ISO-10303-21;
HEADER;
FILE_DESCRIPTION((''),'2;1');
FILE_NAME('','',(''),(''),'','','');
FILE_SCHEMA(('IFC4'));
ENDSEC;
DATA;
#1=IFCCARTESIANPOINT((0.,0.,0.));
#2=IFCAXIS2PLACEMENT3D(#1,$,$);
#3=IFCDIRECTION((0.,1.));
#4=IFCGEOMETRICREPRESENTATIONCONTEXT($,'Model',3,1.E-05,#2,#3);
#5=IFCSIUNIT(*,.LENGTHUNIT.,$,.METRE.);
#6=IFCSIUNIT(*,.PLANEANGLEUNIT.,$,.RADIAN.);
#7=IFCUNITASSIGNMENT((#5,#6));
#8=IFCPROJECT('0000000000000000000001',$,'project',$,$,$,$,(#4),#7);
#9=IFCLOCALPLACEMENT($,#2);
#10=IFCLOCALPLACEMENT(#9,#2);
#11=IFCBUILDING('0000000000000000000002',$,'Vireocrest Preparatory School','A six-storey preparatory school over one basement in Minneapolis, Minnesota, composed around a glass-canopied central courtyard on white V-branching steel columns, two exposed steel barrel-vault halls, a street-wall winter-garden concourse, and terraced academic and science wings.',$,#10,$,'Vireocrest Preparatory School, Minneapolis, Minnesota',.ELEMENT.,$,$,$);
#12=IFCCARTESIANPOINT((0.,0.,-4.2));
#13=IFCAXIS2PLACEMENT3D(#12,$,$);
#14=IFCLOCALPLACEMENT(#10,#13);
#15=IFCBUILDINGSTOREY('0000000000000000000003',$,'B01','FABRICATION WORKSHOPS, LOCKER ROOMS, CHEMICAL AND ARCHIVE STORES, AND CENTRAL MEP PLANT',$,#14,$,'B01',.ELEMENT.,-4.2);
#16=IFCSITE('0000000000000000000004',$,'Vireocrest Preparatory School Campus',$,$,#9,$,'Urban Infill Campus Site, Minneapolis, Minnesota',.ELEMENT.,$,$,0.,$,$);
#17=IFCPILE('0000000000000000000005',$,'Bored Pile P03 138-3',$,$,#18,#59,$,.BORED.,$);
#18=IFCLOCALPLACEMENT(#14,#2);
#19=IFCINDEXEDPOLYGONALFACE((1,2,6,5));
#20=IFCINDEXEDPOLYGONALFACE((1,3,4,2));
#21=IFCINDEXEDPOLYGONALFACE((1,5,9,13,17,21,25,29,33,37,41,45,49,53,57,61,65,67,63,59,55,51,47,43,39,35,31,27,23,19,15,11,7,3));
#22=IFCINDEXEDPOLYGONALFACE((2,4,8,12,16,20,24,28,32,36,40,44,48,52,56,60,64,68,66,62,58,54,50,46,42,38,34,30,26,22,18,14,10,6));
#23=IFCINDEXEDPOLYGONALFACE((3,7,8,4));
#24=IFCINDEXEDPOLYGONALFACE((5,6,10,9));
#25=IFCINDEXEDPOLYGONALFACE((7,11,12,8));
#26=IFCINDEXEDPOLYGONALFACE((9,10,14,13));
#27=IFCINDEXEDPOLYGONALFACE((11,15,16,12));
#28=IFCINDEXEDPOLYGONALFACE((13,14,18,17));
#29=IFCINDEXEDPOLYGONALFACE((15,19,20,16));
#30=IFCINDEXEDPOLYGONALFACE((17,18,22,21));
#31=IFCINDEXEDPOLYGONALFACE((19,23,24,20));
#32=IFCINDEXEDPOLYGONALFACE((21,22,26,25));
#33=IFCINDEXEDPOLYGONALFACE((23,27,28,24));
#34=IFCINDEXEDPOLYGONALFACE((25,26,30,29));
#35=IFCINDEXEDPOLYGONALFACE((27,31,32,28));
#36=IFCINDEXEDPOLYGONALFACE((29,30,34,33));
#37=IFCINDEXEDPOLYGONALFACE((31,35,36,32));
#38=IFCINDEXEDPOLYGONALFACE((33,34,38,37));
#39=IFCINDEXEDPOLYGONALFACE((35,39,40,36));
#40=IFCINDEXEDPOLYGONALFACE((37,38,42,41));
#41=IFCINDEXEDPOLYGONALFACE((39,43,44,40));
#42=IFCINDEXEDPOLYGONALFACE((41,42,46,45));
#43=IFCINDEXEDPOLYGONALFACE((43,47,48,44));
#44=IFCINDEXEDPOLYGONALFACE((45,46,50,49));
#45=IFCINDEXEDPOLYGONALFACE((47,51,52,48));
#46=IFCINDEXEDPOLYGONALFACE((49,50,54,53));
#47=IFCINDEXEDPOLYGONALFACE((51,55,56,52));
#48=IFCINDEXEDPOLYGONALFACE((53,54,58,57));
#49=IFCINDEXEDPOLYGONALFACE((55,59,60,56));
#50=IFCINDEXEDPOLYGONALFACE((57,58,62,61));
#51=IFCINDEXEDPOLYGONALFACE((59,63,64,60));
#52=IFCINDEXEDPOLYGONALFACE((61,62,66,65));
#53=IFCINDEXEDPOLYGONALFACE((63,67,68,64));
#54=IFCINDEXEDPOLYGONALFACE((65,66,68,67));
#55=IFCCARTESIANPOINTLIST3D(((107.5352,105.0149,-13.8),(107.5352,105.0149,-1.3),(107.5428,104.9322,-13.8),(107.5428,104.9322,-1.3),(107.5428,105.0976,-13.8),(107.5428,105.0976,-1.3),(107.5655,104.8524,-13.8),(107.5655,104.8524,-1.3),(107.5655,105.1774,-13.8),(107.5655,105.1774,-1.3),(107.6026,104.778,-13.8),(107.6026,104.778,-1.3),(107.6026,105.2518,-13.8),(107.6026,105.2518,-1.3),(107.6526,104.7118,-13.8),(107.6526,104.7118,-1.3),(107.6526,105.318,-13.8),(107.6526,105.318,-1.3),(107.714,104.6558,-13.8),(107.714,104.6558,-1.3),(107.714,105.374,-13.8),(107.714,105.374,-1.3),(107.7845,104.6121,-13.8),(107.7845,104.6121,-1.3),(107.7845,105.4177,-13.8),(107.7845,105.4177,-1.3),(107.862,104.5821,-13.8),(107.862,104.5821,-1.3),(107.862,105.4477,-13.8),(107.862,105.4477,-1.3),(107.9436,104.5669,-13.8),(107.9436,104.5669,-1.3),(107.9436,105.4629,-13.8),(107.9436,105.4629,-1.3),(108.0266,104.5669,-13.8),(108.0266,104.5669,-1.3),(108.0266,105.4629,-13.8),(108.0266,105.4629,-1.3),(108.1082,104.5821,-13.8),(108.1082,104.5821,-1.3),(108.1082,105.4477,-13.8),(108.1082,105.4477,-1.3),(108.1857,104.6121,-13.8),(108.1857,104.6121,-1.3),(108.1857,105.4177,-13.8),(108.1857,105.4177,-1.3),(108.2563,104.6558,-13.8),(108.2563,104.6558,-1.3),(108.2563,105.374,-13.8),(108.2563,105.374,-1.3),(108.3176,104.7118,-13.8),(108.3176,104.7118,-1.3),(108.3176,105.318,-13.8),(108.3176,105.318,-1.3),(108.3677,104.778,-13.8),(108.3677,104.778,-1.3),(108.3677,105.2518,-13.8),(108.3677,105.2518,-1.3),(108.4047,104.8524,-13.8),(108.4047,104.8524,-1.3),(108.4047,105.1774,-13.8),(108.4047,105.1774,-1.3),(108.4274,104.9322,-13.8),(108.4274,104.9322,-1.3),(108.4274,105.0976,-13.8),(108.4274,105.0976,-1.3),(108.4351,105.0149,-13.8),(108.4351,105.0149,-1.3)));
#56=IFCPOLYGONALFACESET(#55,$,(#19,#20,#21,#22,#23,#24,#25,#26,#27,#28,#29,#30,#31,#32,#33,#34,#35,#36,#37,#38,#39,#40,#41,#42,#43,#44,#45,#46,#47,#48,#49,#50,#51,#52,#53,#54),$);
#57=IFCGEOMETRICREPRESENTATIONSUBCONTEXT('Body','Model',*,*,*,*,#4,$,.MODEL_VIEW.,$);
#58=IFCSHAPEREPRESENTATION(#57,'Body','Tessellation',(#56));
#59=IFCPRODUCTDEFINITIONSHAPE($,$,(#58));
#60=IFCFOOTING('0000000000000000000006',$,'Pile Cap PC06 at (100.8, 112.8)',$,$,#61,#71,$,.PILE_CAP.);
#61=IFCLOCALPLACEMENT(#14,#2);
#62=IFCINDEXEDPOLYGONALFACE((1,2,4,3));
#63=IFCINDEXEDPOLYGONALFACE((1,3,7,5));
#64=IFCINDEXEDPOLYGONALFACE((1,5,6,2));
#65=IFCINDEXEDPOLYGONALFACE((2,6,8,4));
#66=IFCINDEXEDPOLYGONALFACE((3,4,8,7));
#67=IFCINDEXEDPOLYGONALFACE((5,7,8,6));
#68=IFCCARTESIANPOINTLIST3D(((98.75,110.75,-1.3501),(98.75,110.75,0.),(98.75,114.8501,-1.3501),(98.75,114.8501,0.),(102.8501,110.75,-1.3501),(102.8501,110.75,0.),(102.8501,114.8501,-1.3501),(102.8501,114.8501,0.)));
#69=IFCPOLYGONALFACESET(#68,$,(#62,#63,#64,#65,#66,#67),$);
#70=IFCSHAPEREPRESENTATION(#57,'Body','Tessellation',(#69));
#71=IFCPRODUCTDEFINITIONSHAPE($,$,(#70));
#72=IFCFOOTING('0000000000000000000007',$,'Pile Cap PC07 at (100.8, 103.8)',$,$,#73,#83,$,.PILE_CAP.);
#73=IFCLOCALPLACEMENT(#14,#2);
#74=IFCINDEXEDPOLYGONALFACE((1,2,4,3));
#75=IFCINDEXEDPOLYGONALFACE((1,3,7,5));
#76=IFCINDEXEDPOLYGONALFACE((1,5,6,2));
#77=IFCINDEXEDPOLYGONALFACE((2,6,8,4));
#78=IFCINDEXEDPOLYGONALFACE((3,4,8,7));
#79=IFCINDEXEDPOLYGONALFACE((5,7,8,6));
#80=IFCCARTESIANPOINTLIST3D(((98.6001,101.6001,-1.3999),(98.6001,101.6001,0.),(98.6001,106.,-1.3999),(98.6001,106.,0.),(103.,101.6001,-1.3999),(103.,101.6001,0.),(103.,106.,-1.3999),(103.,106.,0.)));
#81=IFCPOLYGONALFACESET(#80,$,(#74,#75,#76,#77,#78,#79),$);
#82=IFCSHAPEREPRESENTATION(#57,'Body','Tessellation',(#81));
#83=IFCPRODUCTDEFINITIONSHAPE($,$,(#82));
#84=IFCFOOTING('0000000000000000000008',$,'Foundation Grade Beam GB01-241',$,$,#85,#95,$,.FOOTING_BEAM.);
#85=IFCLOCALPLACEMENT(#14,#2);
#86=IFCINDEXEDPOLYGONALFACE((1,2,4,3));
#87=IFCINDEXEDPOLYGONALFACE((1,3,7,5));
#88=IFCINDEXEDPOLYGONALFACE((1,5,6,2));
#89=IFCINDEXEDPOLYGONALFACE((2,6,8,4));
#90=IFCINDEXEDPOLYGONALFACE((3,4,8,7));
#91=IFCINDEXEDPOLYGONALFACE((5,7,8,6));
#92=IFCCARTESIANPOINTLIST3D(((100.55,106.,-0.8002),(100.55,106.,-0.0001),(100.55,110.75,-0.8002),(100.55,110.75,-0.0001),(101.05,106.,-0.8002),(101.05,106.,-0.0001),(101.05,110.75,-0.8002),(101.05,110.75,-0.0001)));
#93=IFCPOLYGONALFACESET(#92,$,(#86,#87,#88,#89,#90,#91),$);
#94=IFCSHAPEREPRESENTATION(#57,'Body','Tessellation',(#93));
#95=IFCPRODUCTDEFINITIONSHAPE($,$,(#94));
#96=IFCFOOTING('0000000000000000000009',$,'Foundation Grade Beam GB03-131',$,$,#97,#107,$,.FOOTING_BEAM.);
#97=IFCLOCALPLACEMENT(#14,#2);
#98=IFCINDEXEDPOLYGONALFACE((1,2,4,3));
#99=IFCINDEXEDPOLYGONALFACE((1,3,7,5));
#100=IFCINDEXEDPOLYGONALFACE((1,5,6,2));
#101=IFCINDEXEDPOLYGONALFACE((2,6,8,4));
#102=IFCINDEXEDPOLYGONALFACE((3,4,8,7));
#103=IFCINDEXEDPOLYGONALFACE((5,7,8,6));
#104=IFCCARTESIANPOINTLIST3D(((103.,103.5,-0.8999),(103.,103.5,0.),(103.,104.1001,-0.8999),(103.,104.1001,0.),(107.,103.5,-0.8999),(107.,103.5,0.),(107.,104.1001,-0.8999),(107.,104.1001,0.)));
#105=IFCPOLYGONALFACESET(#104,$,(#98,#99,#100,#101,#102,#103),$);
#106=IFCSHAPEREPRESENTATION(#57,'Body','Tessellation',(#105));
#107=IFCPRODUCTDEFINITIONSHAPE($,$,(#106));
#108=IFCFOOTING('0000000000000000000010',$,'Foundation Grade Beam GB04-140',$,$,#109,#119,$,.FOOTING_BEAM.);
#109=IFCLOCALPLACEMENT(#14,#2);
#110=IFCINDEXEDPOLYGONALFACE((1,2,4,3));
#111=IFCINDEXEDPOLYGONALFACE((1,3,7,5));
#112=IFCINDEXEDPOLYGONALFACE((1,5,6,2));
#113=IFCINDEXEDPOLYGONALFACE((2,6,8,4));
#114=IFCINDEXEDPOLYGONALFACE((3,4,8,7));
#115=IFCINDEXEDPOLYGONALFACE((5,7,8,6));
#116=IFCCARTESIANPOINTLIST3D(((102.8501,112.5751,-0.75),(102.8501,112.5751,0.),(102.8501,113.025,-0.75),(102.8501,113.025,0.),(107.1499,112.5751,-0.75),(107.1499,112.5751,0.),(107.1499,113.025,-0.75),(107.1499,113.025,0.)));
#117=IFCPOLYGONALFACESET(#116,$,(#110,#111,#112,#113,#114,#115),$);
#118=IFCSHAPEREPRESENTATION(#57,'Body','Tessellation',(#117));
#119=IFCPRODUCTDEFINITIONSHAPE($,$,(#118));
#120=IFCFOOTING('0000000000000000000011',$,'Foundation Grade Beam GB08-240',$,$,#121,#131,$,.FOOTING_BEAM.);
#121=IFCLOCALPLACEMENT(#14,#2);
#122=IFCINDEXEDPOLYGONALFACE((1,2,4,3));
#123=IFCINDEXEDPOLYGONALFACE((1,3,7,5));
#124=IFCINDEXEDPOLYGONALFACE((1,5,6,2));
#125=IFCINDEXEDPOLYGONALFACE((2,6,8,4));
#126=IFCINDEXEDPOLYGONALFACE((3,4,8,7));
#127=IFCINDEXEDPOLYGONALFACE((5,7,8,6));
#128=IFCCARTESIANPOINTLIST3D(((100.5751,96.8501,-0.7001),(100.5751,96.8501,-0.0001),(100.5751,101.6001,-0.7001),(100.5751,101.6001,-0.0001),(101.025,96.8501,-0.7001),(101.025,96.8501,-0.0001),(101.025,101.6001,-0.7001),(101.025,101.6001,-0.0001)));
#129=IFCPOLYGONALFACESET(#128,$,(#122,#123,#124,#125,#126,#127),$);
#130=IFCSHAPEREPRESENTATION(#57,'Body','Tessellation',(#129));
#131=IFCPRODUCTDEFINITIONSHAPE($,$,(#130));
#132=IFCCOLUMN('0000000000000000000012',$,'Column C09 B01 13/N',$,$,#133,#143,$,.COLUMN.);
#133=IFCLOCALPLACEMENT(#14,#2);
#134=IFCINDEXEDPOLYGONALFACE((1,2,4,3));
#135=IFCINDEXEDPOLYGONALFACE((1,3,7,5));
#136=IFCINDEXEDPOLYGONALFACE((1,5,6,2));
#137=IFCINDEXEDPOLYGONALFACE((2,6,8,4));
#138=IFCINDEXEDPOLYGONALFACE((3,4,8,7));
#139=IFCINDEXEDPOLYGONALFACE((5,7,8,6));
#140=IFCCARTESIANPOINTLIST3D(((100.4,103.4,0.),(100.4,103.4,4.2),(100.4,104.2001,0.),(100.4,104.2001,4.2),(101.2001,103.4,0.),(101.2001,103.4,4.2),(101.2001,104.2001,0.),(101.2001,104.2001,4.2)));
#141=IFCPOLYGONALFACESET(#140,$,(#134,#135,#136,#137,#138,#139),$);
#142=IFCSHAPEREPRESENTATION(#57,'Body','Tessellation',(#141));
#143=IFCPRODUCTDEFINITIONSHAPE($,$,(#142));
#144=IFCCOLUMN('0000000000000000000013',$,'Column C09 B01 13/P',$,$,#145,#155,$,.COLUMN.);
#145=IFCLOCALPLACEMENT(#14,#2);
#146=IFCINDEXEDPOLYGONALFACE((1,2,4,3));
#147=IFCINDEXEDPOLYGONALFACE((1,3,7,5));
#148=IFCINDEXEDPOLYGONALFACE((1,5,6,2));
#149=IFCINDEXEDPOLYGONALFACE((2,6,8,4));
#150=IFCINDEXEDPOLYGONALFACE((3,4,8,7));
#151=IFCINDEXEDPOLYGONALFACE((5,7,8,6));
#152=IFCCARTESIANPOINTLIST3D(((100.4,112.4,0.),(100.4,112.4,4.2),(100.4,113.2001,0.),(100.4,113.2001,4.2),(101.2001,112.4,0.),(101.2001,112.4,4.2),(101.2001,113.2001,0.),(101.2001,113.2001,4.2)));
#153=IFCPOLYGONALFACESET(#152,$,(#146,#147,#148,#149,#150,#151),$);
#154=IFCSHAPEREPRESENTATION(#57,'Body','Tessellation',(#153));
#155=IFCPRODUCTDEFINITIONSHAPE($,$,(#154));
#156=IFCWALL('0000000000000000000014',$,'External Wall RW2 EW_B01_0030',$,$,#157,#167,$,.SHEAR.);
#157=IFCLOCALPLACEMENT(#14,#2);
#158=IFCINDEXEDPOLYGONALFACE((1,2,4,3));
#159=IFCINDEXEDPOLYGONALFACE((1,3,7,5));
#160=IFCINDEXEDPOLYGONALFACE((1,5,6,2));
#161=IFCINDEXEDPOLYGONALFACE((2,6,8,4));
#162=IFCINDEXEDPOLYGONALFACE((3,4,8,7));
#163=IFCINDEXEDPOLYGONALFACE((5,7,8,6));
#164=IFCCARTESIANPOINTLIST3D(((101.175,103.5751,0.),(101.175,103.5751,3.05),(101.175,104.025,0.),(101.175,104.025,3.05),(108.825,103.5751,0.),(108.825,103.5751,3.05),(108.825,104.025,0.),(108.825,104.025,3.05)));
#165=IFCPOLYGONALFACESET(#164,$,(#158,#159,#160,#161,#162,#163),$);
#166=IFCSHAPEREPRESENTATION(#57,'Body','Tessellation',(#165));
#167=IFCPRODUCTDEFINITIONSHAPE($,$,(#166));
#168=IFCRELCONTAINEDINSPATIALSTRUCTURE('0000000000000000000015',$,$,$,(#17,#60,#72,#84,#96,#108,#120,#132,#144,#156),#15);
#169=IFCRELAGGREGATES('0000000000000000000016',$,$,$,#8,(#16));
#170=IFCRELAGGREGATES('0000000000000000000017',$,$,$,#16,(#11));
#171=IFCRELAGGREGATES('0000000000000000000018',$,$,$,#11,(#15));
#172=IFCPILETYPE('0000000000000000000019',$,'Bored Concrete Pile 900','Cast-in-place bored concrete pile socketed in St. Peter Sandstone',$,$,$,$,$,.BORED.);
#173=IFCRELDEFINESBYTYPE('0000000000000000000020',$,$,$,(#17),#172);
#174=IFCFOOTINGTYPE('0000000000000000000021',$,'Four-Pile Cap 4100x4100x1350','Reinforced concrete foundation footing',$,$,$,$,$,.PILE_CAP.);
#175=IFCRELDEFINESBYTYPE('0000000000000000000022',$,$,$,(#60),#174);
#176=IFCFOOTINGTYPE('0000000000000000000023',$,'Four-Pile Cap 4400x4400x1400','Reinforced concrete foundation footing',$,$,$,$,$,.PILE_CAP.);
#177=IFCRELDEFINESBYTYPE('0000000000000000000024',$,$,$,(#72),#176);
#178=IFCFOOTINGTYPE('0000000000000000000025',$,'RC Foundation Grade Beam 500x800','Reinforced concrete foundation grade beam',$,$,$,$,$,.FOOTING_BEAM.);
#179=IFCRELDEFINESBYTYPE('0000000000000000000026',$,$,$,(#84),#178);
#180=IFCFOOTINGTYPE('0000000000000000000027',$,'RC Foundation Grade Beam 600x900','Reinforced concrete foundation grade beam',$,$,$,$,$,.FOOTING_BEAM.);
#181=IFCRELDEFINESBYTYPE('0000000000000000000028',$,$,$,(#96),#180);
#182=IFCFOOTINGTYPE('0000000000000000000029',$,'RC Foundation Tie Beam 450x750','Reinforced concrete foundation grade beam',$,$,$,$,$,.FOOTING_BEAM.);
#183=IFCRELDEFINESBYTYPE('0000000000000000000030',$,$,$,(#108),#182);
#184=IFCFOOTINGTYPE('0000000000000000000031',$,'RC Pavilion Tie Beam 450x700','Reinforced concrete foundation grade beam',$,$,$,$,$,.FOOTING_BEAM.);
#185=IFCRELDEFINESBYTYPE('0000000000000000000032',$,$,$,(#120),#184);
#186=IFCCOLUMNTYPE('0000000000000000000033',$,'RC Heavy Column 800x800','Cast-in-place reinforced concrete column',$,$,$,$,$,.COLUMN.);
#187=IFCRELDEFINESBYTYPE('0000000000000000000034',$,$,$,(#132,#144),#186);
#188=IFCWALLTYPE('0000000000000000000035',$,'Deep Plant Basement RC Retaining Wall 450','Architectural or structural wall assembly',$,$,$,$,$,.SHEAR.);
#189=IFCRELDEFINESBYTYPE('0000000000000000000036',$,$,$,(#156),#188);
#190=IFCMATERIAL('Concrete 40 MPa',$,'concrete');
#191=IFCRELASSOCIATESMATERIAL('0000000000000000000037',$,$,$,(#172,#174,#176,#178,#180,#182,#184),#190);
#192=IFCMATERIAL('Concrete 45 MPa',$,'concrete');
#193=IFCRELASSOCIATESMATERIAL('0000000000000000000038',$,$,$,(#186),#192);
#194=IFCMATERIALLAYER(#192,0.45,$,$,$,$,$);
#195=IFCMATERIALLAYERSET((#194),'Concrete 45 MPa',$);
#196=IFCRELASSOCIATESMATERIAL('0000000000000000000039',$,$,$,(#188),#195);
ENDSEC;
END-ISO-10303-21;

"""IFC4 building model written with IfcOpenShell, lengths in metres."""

from ifc_helpers import new_model, si_unit, direction, frame, frame_2d, origin, origin_2d, place, context, subcontext, project, spatial, rectangle, circle, extrude, material, layer, layer_set, material_profile, profile_set, type_object, element, save


model = new_model("IFC4")

# Units and contexts
model_context = context("Model", 3, precision=1e-05, world=origin(), true_north=direction((0.0, 1.0)))
body_context = subcontext(model_context, "Body", "Model", "MODEL_VIEW")
ifc_project = project(units=[si_unit("LENGTHUNIT", "METRE"), si_unit("PLANEANGLEUNIT", "RADIAN")], contexts=[model_context])

# Site, building, storey
site_placement = place(None, origin())
site = spatial("IfcSite", under=ifc_project, at=site_placement, Name="Vireocrest Preparatory School Campus", LongName="Urban Infill Campus Site, Minneapolis, Minnesota", CompositionType="ELEMENT", RefElevation=0.0)
building_placement = place(site_placement, origin())
building = spatial("IfcBuilding", under=site, at=building_placement, Name="Vireocrest Preparatory School", Description="A six-storey preparatory school over one basement in Minneapolis, Minnesota, composed around a glass-canopied central courtyard on white V-branching steel columns, two exposed steel barrel-vault halls, a street-wall winter-garden concourse, and terraced academic and science wings.", LongName="Vireocrest Preparatory School, Minneapolis, Minnesota", CompositionType="ELEMENT")
storey_placement = place(building_placement, frame((0.0, 0.0, -4.2)))
storey = spatial("IfcBuildingStorey", under=building, at=storey_placement, Name="B01", Description="FABRICATION WORKSHOPS, LOCKER ROOMS, CHEMICAL AND ARCHIVE STORES, AND CENTRAL MEP PLANT", LongName="B01", CompositionType="ELEMENT", Elevation=-4.2)

# Pile
ifc_material_1 = material(Name="Concrete 40 MPa", Category="concrete")
ifc_material_profile_1 = material_profile(ifc_material_1, circle(Radius=0.45, at=origin_2d()), Name="BORED PILE 900")
ifc_profile_set_1 = profile_set([ifc_material_profile_1], Name="Concrete 40 MPa")
pile_type_1 = type_object("IfcPileType", Name="Bored Concrete Pile 900", Description="Cast-in-place bored concrete pile socketed in St. Peter Sandstone", PredefinedType="BORED", material=ifc_profile_set_1)
for number, where, z_axis, x_axis, name in (
    (1, (107.9851, 105.0149, -1.3), (0.0, 0.0, -1.0), (1.0, 0.0, 0.0), "Bored Pile P03 138-3"),
):
    element("IfcPile", number, at=place(storey_placement, frame(where, z_axis=z_axis, x_axis=x_axis)), inside=storey, type_object=pile_type_1, Name=name, PredefinedType="BORED", context=body_context, shape_type="SweptSolid", body=[
        extrude(circle(Radius=0.45, at=origin_2d()), origin(), (0.0, 0.0, 1.0), 12.5),
    ])

# Footings
footing_type_1 = type_object("IfcFootingType", Name="Four-Pile Cap 4100x4100x1350", Description="Reinforced concrete foundation footing", PredefinedType="PILE_CAP", material=ifc_material_1)
footing_1_placement = place(storey_placement, frame((100.8, 112.8, -1.3501), z_axis=(0.0, 0.0, 1.0), x_axis=(1.0, 0.0, 0.0)))
element("IfcFooting", 2, at=footing_1_placement, inside=storey, type_object=footing_type_1, Name="Pile Cap PC06 at (100.8, 112.8)", PredefinedType="PILE_CAP", context=body_context, shape_type="SweptSolid", body=[
    extrude(rectangle(XDim=4.1001, YDim=4.1001, at=origin_2d()), origin(), (0.0, 0.0, 1.0), 1.3501),
])
footing_type_2 = type_object("IfcFootingType", Name="Four-Pile Cap 4400x4400x1400", Description="Reinforced concrete foundation footing", PredefinedType="PILE_CAP", material=ifc_material_1)
footing_2_placement = place(storey_placement, frame((100.8, 103.8, -1.3999), z_axis=(0.0, 0.0, 1.0), x_axis=(1.0, 0.0, 0.0)))
element("IfcFooting", 3, at=footing_2_placement, inside=storey, type_object=footing_type_2, Name="Pile Cap PC07 at (100.8, 103.8)", PredefinedType="PILE_CAP", context=body_context, shape_type="SweptSolid", body=[
    extrude(rectangle(XDim=4.3999, YDim=4.3999, at=origin_2d()), origin(), (0.0, 0.0, 1.0), 1.3999),
])
ifc_material_profile_2 = material_profile(ifc_material_1, rectangle(XDim=0.5, YDim=0.8, at=origin_2d()), Name="GB 500x800")
ifc_profile_set_2 = profile_set([ifc_material_profile_2], Name="Concrete 40 MPa")
footing_type_3 = type_object("IfcFootingType", Name="RC Foundation Grade Beam 500x800", Description="Reinforced concrete foundation grade beam", PredefinedType="FOOTING_BEAM", material=ifc_profile_set_2)
footing_3_placement = place(storey_placement, frame((100.8, 106.0, -0.4001), z_axis=(0.0, 1.0, 0.0), x_axis=(-1.0, 0.0, 0.0)))
element("IfcFooting", 4, at=footing_3_placement, inside=storey, type_object=footing_type_3, Name="Foundation Grade Beam GB01-241", PredefinedType="FOOTING_BEAM", context=body_context, shape_type="SweptSolid", body=[
    extrude(rectangle(XDim=0.5, YDim=0.8, at=origin_2d()), origin(), (0.0, 0.0, 1.0), 4.75),
])
ifc_material_profile_3 = material_profile(ifc_material_1, rectangle(XDim=0.6001, YDim=0.8999, at=origin_2d()), Name="GB 600x900")
ifc_profile_set_3 = profile_set([ifc_material_profile_3], Name="Concrete 40 MPa")
footing_type_4 = type_object("IfcFootingType", Name="RC Foundation Grade Beam 600x900", Description="Reinforced concrete foundation grade beam", PredefinedType="FOOTING_BEAM", material=ifc_profile_set_3)
footing_4_placement = place(storey_placement, frame((103.0, 103.8, -0.45), z_axis=(1.0, 0.0, 0.0), x_axis=(0.0, 1.0, 0.0)))
element("IfcFooting", 5, at=footing_4_placement, inside=storey, type_object=footing_type_4, Name="Foundation Grade Beam GB03-131", PredefinedType="FOOTING_BEAM", context=body_context, shape_type="SweptSolid", body=[
    extrude(rectangle(XDim=0.6001, YDim=0.8999, at=origin_2d()), origin(), (0.0, 0.0, 1.0), 4.0),
])
ifc_material_profile_4 = material_profile(ifc_material_1, rectangle(XDim=0.45, YDim=0.75, at=origin_2d()), Name="GB 450x750")
ifc_profile_set_4 = profile_set([ifc_material_profile_4], Name="Concrete 40 MPa")
footing_type_5 = type_object("IfcFootingType", Name="RC Foundation Tie Beam 450x750", Description="Reinforced concrete foundation grade beam", PredefinedType="FOOTING_BEAM", material=ifc_profile_set_4)
footing_5_placement = place(storey_placement, frame((102.8501, 112.8, -0.375), z_axis=(1.0, 0.0, 0.0), x_axis=(0.0, 1.0, 0.0)))
element("IfcFooting", 6, at=footing_5_placement, inside=storey, type_object=footing_type_5, Name="Foundation Grade Beam GB04-140", PredefinedType="FOOTING_BEAM", context=body_context, shape_type="SweptSolid", body=[
    extrude(rectangle(XDim=0.45, YDim=0.75, at=origin_2d()), origin(), (0.0, 0.0, 1.0), 4.2998),
])
ifc_material_profile_5 = material_profile(ifc_material_1, rectangle(XDim=0.45, YDim=0.7, at=origin_2d()), Name="GB 450x700")
ifc_profile_set_5 = profile_set([ifc_material_profile_5], Name="Concrete 40 MPa")
footing_type_6 = type_object("IfcFootingType", Name="RC Pavilion Tie Beam 450x700", Description="Reinforced concrete foundation grade beam", PredefinedType="FOOTING_BEAM", material=ifc_profile_set_5)
footing_6_placement = place(storey_placement, frame((100.8, 96.8501, -0.3501), z_axis=(0.0, 1.0, 0.0), x_axis=(-1.0, 0.0, 0.0)))
element("IfcFooting", 7, at=footing_6_placement, inside=storey, type_object=footing_type_6, Name="Foundation Grade Beam GB08-240", PredefinedType="FOOTING_BEAM", context=body_context, shape_type="SweptSolid", body=[
    extrude(rectangle(XDim=0.45, YDim=0.7, at=origin_2d()), origin(), (0.0, 0.0, 1.0), 4.75),
])

# Columns
ifc_material_2 = material(Name="Concrete 45 MPa", Category="concrete")
ifc_material_profile_6 = material_profile(ifc_material_2, rectangle(XDim=0.8, YDim=0.8, at=origin_2d()), Name="RC 800x800")
ifc_profile_set_6 = profile_set([ifc_material_profile_6], Name="Concrete 45 MPa")
column_type = type_object("IfcColumnType", Name="RC Heavy Column 800x800", Description="Cast-in-place reinforced concrete column", PredefinedType="COLUMN", material=ifc_profile_set_6)
for number, where, z_axis, x_axis, name in (
    (8, (100.8, 103.8, 0.0), (0.0, 0.0, 1.0), (1.0, 0.0, 0.0), "Column C09 B01 13/N"),
    (9, (100.8, 112.8, 0.0), (0.0, 0.0, 1.0), (1.0, 0.0, 0.0), "Column C09 B01 13/P"),
):
    element("IfcColumn", number, at=place(storey_placement, frame(where, z_axis=z_axis, x_axis=x_axis)), inside=storey, type_object=column_type, Name=name, PredefinedType="COLUMN", context=body_context, shape_type="SweptSolid", body=[
        extrude(rectangle(XDim=0.8, YDim=0.8, at=origin_2d()), origin(), (0.0, 0.0, 1.0), 4.2),
    ])

# Wall
ifc_layer = layer(ifc_material_2, 0.45)
ifc_layer_set = layer_set([ifc_layer], Name="Concrete 45 MPa")
wall_type = type_object("IfcWallType", Name="Deep Plant Basement RC Retaining Wall 450", Description="Architectural or structural wall assembly", PredefinedType="SHEAR", material=ifc_layer_set)
wall_placement = place(storey_placement, frame((101.175, 103.8, 0.0), z_axis=(0.0, 0.0, 1.0), x_axis=(1.0, 0.0, 0.0)))
element("IfcWall", 10, at=wall_placement, inside=storey, type_object=wall_type, Name="External Wall RW2 EW_B01_0030", PredefinedType="SHEAR", context=body_context, shape_type="SweptSolid", body=[
    extrude(rectangle(XDim=7.6499, YDim=0.45, at=frame_2d((3.825, 0.0))), origin(), (0.0, 0.0, 1.0), 3.05),
])

save(model, "model.ifc")
